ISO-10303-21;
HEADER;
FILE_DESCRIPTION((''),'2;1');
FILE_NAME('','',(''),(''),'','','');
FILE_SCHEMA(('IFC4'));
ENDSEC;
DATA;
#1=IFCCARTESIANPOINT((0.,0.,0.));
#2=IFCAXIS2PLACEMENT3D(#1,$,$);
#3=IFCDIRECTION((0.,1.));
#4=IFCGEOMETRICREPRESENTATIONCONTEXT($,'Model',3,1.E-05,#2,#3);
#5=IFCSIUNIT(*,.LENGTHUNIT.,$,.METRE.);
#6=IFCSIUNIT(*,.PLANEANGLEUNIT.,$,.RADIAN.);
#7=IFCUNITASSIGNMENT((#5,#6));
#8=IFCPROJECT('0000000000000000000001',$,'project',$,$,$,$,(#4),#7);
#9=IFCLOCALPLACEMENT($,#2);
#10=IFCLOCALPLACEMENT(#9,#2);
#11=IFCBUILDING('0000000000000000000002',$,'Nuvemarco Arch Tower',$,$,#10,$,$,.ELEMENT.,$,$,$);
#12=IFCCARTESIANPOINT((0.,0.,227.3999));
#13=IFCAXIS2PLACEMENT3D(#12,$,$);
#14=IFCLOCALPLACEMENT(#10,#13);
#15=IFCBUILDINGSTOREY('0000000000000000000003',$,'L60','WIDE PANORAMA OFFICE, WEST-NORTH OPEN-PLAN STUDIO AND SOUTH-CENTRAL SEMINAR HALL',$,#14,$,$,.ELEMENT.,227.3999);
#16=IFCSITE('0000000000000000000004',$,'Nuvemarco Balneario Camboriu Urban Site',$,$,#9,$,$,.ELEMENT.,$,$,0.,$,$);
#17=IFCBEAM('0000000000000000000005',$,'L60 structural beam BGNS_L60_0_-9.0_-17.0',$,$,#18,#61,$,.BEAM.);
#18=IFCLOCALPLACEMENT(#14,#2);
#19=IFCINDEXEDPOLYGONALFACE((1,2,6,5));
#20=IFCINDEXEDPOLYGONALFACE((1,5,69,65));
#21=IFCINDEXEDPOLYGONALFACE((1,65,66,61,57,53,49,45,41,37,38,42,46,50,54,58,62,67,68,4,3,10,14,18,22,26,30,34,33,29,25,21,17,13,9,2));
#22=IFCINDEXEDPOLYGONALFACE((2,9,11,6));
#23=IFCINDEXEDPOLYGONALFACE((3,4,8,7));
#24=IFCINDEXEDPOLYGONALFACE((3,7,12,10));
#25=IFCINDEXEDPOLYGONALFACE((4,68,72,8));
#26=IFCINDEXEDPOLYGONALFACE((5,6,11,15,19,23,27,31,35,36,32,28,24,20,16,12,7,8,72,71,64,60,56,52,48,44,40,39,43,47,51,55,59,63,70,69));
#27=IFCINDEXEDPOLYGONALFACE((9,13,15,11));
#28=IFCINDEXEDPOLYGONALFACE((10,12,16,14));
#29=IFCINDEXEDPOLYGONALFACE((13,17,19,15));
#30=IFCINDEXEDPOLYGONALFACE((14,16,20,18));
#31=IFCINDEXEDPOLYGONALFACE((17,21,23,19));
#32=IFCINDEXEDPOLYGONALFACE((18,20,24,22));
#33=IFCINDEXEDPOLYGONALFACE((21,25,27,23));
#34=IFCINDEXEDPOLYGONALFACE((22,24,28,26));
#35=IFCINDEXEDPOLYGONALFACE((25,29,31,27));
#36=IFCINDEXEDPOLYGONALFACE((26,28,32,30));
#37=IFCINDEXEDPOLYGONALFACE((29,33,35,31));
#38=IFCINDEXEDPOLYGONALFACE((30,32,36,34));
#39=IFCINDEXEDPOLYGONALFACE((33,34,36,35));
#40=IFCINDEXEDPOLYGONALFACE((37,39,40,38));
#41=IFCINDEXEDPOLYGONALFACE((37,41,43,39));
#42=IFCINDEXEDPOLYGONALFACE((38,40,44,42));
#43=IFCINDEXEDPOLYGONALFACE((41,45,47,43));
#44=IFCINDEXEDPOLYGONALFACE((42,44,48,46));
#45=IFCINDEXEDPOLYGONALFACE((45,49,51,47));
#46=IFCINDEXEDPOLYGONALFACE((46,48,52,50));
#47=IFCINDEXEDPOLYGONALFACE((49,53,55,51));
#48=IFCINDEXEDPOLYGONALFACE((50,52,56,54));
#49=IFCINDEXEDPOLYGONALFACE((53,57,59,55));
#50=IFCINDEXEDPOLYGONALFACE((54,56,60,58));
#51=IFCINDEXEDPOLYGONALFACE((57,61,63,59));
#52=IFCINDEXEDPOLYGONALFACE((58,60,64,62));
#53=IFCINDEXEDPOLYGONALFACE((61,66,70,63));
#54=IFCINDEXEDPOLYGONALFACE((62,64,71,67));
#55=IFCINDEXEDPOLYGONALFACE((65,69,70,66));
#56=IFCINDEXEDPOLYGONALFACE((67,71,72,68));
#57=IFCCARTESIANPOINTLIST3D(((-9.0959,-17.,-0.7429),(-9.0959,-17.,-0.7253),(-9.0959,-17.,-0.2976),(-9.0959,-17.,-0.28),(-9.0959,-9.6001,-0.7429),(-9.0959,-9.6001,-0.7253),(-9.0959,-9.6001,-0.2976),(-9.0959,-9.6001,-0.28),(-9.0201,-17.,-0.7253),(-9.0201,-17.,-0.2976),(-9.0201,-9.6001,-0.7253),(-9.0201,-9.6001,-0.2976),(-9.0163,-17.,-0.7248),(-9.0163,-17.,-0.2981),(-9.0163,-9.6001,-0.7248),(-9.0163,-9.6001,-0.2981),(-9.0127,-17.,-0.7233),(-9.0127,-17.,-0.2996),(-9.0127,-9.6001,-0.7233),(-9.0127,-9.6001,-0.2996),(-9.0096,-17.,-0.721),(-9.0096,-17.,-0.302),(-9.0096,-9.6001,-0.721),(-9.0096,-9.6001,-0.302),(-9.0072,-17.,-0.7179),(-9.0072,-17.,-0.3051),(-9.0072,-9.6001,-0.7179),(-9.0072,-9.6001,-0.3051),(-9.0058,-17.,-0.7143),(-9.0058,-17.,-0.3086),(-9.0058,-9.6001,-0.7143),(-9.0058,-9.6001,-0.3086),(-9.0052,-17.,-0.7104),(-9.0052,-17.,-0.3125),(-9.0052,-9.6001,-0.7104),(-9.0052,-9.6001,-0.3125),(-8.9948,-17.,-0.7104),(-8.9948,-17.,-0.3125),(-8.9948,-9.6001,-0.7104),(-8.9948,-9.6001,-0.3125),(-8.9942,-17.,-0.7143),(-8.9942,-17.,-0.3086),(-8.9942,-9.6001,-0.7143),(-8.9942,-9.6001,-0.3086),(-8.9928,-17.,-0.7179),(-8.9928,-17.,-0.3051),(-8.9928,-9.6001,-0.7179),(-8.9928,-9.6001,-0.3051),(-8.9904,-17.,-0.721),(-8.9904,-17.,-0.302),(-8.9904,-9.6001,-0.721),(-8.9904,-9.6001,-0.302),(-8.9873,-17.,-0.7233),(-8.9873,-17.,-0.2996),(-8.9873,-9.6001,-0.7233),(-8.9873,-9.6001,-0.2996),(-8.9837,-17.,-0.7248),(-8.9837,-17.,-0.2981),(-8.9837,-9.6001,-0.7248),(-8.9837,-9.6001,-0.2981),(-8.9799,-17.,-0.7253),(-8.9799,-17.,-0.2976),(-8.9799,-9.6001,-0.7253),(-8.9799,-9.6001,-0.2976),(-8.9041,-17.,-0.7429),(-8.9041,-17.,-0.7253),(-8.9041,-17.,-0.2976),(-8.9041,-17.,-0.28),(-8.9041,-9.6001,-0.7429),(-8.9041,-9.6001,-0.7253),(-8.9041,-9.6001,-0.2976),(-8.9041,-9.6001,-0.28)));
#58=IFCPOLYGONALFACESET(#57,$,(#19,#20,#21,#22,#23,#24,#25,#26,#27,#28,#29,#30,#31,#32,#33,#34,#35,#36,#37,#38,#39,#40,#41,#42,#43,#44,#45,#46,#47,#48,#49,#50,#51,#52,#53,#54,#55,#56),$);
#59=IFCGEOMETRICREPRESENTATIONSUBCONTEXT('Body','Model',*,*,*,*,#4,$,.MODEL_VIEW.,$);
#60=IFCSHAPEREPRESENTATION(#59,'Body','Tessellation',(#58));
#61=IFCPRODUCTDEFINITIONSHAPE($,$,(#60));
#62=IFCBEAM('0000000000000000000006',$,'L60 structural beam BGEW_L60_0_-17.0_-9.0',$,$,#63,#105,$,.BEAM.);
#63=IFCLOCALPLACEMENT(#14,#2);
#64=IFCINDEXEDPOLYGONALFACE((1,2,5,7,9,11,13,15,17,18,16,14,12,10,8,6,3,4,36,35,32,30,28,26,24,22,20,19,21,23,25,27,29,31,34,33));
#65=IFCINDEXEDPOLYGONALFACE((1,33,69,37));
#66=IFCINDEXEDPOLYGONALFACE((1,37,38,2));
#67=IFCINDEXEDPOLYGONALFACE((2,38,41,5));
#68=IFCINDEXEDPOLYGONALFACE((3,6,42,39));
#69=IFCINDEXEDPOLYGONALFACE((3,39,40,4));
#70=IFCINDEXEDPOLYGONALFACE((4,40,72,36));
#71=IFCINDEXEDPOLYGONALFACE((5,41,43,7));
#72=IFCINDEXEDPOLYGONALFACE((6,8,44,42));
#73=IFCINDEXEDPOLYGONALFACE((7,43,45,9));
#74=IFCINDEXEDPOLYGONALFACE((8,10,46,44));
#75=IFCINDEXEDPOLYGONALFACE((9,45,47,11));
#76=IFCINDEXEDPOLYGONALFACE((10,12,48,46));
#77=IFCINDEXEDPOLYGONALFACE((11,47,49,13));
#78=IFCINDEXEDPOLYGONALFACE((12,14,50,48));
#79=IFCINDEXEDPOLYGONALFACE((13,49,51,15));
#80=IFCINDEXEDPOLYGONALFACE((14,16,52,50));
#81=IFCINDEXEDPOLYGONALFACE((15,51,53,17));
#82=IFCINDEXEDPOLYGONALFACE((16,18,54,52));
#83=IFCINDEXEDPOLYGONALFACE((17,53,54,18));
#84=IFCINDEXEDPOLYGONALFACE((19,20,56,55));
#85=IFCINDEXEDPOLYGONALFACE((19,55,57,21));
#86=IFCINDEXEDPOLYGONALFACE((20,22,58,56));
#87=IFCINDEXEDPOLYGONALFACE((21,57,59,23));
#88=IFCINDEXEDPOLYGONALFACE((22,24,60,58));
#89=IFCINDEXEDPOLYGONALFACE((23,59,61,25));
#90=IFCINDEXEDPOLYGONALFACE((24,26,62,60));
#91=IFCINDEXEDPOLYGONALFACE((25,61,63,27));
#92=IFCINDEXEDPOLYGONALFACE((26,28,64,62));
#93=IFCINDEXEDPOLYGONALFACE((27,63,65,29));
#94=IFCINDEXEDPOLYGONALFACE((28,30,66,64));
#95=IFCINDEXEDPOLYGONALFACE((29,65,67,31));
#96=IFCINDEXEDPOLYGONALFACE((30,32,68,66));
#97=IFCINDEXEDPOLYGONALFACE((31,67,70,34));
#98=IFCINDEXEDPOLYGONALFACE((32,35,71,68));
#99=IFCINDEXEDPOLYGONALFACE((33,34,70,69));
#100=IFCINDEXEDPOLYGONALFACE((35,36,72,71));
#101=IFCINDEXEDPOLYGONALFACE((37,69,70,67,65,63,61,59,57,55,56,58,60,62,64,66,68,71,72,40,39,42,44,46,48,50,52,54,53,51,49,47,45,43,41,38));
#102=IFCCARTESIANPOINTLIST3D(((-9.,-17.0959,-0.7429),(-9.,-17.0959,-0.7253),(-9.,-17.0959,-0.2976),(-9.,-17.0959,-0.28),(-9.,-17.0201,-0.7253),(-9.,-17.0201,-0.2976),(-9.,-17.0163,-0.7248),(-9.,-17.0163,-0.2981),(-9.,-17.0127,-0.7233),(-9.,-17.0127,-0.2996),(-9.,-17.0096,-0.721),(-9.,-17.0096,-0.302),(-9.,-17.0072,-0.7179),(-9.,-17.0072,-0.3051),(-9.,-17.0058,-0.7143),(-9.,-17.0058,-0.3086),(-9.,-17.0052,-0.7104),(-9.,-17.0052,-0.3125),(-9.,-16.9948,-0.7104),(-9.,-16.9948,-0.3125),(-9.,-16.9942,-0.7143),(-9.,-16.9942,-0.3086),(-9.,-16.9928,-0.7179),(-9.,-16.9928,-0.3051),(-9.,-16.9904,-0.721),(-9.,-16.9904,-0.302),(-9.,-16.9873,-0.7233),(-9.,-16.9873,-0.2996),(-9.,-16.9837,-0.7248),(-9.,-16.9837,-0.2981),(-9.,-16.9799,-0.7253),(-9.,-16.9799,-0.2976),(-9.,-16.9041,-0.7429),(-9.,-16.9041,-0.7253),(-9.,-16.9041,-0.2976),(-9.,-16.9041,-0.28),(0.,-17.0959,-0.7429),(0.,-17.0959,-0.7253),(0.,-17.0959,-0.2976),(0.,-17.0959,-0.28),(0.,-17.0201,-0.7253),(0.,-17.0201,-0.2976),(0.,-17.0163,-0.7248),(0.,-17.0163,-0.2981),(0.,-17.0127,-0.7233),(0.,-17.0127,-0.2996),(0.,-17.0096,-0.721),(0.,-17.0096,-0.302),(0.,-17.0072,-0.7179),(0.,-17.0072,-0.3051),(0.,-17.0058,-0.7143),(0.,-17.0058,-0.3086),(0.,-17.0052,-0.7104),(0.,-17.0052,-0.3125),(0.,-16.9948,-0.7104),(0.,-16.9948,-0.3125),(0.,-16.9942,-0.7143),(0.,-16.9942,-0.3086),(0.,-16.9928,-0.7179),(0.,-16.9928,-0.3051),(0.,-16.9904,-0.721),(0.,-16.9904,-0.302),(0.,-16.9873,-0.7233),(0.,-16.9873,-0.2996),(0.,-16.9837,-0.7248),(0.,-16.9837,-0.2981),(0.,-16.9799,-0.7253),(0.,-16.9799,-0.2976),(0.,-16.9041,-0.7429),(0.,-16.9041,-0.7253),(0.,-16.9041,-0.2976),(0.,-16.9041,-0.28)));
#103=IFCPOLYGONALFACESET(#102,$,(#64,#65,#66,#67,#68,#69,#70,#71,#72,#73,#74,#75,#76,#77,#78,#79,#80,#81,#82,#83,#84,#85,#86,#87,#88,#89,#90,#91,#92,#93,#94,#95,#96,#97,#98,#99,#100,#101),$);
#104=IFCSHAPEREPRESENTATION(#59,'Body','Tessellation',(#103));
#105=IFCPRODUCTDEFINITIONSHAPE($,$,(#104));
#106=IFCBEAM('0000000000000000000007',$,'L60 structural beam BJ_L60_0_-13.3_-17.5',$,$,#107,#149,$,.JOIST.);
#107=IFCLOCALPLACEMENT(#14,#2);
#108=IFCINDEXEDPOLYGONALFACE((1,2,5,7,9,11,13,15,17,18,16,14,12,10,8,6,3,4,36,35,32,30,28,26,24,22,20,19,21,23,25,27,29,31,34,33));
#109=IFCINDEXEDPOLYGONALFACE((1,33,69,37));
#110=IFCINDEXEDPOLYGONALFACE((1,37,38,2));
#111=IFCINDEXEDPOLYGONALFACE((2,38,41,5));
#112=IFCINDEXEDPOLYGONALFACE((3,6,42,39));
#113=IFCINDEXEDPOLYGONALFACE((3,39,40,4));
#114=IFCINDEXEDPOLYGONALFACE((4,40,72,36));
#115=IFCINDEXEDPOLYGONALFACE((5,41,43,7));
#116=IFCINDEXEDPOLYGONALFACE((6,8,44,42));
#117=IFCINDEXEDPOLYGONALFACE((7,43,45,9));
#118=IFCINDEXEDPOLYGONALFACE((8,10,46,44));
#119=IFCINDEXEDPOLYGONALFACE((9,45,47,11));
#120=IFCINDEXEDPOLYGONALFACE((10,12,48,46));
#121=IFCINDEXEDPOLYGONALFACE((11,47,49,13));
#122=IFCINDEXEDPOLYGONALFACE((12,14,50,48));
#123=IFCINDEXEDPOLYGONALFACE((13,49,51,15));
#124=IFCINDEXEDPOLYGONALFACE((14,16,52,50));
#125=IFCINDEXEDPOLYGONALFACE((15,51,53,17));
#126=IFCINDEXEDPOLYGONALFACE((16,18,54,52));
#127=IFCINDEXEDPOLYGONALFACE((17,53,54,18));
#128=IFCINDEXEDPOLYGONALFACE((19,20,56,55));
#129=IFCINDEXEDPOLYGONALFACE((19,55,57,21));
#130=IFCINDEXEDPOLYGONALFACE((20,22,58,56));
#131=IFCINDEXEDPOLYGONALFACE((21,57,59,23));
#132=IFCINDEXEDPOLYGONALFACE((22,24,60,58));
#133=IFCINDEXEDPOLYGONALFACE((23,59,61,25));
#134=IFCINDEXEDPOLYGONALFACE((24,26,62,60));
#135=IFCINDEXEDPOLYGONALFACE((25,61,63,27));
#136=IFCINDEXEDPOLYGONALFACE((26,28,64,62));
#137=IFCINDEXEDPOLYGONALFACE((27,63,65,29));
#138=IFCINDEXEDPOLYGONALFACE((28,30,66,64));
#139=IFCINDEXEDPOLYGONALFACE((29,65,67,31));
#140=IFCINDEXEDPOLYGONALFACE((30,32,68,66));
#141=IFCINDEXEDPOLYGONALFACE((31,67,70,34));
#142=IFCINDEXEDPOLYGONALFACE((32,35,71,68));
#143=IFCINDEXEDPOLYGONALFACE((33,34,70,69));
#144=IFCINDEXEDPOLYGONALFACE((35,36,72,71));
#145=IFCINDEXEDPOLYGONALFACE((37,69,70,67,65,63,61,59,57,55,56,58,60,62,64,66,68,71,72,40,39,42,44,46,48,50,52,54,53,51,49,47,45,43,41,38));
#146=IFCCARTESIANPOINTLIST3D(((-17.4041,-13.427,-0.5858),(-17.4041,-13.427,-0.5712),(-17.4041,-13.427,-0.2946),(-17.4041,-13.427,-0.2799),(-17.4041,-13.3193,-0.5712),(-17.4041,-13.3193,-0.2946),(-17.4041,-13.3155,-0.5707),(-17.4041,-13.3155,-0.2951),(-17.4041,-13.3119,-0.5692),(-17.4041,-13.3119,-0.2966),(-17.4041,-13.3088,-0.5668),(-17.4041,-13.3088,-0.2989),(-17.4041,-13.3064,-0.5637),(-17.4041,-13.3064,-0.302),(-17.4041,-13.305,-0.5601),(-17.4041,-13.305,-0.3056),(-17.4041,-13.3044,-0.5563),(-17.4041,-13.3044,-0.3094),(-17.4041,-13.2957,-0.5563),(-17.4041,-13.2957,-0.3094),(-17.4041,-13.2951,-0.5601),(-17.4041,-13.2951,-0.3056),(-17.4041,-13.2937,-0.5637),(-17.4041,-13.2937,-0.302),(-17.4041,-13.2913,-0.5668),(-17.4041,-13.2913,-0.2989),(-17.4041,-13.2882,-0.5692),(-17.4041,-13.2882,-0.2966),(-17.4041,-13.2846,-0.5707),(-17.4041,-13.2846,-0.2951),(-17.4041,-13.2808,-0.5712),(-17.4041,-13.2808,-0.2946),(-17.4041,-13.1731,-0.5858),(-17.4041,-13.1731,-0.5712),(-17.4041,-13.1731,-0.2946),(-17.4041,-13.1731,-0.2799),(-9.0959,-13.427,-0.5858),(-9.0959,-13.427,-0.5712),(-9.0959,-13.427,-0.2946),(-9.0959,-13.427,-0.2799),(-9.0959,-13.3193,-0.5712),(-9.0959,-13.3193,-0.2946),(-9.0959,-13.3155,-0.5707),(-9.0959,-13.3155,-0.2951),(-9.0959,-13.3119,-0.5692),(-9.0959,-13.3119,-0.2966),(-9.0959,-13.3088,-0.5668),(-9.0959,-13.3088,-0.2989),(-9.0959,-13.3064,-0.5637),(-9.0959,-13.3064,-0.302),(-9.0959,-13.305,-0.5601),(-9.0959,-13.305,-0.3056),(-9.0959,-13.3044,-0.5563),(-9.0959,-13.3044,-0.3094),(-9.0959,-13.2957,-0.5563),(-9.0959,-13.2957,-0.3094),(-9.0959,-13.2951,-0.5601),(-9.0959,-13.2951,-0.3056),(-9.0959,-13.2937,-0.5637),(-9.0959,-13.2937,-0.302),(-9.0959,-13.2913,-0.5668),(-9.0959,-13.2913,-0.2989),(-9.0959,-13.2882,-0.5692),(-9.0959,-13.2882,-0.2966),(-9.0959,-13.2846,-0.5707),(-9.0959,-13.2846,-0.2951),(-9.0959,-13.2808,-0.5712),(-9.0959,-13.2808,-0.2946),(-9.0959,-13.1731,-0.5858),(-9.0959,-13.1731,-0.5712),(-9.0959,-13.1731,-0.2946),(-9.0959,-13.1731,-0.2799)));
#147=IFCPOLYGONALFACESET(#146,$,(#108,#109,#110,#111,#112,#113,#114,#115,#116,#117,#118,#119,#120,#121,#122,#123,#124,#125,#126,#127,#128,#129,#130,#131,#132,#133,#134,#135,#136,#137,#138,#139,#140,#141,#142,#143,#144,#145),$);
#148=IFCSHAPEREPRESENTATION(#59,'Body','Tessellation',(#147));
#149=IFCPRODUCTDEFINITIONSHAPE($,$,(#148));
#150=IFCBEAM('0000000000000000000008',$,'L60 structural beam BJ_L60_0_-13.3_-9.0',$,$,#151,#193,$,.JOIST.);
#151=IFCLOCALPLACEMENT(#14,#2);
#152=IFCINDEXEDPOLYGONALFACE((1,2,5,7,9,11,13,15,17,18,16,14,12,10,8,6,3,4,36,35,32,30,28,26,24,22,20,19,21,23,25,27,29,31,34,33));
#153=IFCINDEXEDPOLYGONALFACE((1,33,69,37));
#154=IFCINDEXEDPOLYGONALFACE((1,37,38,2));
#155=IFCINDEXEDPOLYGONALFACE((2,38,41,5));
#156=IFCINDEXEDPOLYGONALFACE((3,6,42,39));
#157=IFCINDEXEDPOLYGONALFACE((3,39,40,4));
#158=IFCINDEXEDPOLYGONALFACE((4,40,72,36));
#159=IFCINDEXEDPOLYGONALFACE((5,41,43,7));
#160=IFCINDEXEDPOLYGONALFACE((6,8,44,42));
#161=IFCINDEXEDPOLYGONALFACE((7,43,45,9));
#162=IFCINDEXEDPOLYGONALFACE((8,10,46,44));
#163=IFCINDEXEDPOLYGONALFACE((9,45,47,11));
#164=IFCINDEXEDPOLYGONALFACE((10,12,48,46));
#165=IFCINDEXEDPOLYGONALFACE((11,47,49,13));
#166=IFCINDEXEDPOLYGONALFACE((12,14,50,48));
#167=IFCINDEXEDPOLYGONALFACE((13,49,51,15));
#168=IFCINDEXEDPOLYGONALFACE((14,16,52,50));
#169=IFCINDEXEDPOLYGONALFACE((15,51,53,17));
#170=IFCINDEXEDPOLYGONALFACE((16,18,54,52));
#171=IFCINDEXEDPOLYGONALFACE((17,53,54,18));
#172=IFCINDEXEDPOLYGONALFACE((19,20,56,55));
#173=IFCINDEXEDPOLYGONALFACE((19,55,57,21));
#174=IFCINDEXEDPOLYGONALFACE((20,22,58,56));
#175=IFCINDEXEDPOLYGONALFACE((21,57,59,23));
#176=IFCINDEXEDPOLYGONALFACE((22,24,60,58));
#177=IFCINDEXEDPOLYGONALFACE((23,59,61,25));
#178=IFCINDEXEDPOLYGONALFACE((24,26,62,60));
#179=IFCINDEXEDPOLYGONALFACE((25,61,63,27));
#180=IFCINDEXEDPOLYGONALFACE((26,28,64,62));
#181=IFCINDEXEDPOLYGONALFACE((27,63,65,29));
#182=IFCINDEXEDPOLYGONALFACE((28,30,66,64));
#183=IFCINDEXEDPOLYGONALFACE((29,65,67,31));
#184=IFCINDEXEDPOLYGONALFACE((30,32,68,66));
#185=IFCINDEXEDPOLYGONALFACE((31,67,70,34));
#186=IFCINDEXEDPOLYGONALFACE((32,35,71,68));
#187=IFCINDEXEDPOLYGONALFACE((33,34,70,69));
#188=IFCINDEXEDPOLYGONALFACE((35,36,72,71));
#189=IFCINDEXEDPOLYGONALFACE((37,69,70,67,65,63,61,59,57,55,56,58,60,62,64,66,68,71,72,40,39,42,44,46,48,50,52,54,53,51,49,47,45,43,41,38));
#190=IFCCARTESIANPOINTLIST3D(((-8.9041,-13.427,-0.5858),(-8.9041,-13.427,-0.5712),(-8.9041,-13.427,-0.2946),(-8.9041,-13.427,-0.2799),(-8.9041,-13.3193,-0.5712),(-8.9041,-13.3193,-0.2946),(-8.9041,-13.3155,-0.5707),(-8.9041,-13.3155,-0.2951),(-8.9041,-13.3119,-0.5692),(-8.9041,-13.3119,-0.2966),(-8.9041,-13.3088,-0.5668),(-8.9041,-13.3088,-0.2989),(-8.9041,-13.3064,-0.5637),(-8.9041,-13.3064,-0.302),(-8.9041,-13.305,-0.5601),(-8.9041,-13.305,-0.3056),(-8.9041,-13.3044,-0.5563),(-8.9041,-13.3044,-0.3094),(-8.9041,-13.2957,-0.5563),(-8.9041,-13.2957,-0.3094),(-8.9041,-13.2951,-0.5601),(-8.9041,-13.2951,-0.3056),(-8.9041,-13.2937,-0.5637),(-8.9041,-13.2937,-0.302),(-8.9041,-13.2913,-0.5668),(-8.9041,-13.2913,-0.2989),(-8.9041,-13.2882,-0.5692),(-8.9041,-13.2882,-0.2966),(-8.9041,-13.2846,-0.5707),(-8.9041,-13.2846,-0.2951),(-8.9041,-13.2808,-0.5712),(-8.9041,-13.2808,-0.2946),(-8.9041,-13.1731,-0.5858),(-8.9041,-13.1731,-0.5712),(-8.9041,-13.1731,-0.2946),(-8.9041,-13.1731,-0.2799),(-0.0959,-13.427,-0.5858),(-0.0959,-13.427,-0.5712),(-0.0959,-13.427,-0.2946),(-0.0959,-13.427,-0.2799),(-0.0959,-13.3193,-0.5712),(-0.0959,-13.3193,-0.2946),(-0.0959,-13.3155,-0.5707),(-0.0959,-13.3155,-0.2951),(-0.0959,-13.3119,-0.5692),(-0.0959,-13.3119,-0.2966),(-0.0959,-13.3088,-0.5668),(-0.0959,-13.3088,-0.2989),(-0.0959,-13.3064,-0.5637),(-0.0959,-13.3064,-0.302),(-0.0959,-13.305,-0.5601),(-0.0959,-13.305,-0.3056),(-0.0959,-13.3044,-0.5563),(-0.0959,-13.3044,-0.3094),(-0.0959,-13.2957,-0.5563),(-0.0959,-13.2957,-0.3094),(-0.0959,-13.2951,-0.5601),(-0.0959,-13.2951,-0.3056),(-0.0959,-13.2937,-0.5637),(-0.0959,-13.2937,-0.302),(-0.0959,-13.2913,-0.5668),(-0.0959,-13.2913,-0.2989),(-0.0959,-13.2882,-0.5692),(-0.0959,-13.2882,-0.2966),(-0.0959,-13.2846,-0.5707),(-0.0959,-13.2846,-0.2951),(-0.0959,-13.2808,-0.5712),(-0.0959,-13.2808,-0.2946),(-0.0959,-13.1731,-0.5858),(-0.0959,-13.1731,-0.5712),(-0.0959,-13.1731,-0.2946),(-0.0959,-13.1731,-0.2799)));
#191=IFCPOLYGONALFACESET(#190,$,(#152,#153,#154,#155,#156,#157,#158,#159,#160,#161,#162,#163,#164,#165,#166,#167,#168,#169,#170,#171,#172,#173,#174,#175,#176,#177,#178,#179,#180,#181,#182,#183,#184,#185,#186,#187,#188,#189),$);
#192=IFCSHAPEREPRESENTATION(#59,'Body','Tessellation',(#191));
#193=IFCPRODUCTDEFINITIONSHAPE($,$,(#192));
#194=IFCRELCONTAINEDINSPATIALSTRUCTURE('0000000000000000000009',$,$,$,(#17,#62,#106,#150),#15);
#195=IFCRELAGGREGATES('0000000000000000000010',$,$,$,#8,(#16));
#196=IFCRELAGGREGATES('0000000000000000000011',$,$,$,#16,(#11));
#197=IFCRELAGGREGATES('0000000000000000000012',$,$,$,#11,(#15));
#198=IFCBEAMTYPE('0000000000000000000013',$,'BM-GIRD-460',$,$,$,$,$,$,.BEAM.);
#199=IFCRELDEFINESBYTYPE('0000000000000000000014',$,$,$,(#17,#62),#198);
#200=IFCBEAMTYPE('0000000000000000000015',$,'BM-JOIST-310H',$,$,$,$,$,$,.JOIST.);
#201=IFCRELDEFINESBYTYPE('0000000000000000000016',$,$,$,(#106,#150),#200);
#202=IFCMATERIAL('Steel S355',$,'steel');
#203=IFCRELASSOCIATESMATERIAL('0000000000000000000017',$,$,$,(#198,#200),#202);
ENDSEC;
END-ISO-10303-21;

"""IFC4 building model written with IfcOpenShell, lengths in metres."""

from ifc_helpers import new_model, si_unit, direction, frame, origin, origin_2d, place, context, subcontext, project, spatial, i_section, extrude, material, material_profile, profile_set, type_object, element, save


model = new_model("IFC4")

# Units and contexts
model_context = context("Model", 3, precision=1e-05, world=origin(), true_north=direction((0.0, 1.0)))
body_context = subcontext(model_context, "Body", "Model", "MODEL_VIEW")
ifc_project = project(units=[si_unit("LENGTHUNIT", "METRE"), si_unit("PLANEANGLEUNIT", "RADIAN")], contexts=[model_context])

# Site, building, storey
site_placement = place(None, origin())
site = spatial("IfcSite", under=ifc_project, at=site_placement, Name="Nuvemarco Balneario Camboriu Urban Site", CompositionType="ELEMENT", RefElevation=0.0)
building_placement = place(site_placement, origin())
building = spatial("IfcBuilding", under=site, at=building_placement, Name="Nuvemarco Arch Tower", CompositionType="ELEMENT")
storey_placement = place(building_placement, frame((0.0, 0.0, 227.3999)))
storey = spatial("IfcBuildingStorey", under=building, at=storey_placement, Name="L60", Description="WIDE PANORAMA OFFICE, WEST-NORTH OPEN-PLAN STUDIO AND SOUTH-CENTRAL SEMINAR HALL", CompositionType="ELEMENT", Elevation=227.3999)

# Shared definitions
ifc_material_1 = material(Name="Steel S355", Category="steel")

# Beams
ifc_material_profile_1 = material_profile(ifc_material_1, i_section(OverallWidth=0.1919, OverallDepth=0.4629, WebThickness=0.0105, FlangeThickness=0.0176, FilletRadius=0.0149, at=origin_2d()), Name="W460x89")
ifc_profile_set_1 = profile_set([ifc_material_profile_1], Name="Steel S355")
beam_type_1 = type_object("IfcBeamType", Name="BM-GIRD-460", PredefinedType="BEAM", material=ifc_profile_set_1)
beam_1_placement = place(storey_placement, frame((-9.0, -17.0, -0.5115), z_axis=(0.0, 1.0, 0.0), x_axis=(-1.0, 0.0, 0.0)))
element("IfcBeam", 1, at=beam_1_placement, inside=storey, type_object=beam_type_1, Name="L60 structural beam BGNS_L60_0_-9.0_-17.0", PredefinedType="BEAM", context=body_context, shape_type="SweptSolid", body=[
    extrude(i_section(OverallWidth=0.1919, OverallDepth=0.4629, WebThickness=0.0105, FlangeThickness=0.0176, FilletRadius=0.0149, at=origin_2d()), origin(), (0.0, 0.0, 1.0), 7.3999),
])
beam_2_placement = place(storey_placement, frame((-9.0, -17.0, -0.5115), z_axis=(1.0, 0.0, 0.0), x_axis=(0.0, 1.0, 0.0)))
element("IfcBeam", 2, at=beam_2_placement, inside=storey, type_object=beam_type_1, Name="L60 structural beam BGEW_L60_0_-17.0_-9.0", PredefinedType="BEAM", context=body_context, shape_type="SweptSolid", body=[
    extrude(i_section(OverallWidth=0.1919, OverallDepth=0.4629, WebThickness=0.0105, FlangeThickness=0.0176, FilletRadius=0.0149, at=origin_2d()), origin(), (0.0, 0.0, 1.0), 9.0),
])
ifc_material_profile_2 = material_profile(ifc_material_1, i_section(OverallWidth=0.2539, OverallDepth=0.3059, WebThickness=0.0088, FlangeThickness=0.0146, FilletRadius=0.0149, at=origin_2d()), Name="W310x79")
ifc_profile_set_2 = profile_set([ifc_material_profile_2], Name="Steel S355")
beam_type_2 = type_object("IfcBeamType", Name="BM-JOIST-310H", PredefinedType="JOIST", material=ifc_profile_set_2)
beam_3_placement = place(storey_placement, frame((-17.4041, -13.3, -0.4329), z_axis=(1.0, 0.0, 0.0), x_axis=(0.0, 1.0, 0.0)))
element("IfcBeam", 3, at=beam_3_placement, inside=storey, type_object=beam_type_2, Name="L60 structural beam BJ_L60_0_-13.3_-17.5", PredefinedType="JOIST", context=body_context, shape_type="SweptSolid", body=[
    extrude(i_section(OverallWidth=0.2539, OverallDepth=0.3059, WebThickness=0.0088, FlangeThickness=0.0146, FilletRadius=0.0149, at=origin_2d()), origin(), (0.0, 0.0, 1.0), 8.3081),
])
beam_4_placement = place(storey_placement, frame((-8.9041, -13.3, -0.4329), z_axis=(1.0, 0.0, 0.0), x_axis=(0.0, 1.0, 0.0)))
element("IfcBeam", 4, at=beam_4_placement, inside=storey, type_object=beam_type_2, Name="L60 structural beam BJ_L60_0_-13.3_-9.0", PredefinedType="JOIST", context=body_context, shape_type="SweptSolid", body=[
    extrude(i_section(OverallWidth=0.2539, OverallDepth=0.3059, WebThickness=0.0088, FlangeThickness=0.0146, FilletRadius=0.0149, at=origin_2d()), origin(), (0.0, 0.0, 1.0), 8.8081),
])

save(model, "model.ifc")
